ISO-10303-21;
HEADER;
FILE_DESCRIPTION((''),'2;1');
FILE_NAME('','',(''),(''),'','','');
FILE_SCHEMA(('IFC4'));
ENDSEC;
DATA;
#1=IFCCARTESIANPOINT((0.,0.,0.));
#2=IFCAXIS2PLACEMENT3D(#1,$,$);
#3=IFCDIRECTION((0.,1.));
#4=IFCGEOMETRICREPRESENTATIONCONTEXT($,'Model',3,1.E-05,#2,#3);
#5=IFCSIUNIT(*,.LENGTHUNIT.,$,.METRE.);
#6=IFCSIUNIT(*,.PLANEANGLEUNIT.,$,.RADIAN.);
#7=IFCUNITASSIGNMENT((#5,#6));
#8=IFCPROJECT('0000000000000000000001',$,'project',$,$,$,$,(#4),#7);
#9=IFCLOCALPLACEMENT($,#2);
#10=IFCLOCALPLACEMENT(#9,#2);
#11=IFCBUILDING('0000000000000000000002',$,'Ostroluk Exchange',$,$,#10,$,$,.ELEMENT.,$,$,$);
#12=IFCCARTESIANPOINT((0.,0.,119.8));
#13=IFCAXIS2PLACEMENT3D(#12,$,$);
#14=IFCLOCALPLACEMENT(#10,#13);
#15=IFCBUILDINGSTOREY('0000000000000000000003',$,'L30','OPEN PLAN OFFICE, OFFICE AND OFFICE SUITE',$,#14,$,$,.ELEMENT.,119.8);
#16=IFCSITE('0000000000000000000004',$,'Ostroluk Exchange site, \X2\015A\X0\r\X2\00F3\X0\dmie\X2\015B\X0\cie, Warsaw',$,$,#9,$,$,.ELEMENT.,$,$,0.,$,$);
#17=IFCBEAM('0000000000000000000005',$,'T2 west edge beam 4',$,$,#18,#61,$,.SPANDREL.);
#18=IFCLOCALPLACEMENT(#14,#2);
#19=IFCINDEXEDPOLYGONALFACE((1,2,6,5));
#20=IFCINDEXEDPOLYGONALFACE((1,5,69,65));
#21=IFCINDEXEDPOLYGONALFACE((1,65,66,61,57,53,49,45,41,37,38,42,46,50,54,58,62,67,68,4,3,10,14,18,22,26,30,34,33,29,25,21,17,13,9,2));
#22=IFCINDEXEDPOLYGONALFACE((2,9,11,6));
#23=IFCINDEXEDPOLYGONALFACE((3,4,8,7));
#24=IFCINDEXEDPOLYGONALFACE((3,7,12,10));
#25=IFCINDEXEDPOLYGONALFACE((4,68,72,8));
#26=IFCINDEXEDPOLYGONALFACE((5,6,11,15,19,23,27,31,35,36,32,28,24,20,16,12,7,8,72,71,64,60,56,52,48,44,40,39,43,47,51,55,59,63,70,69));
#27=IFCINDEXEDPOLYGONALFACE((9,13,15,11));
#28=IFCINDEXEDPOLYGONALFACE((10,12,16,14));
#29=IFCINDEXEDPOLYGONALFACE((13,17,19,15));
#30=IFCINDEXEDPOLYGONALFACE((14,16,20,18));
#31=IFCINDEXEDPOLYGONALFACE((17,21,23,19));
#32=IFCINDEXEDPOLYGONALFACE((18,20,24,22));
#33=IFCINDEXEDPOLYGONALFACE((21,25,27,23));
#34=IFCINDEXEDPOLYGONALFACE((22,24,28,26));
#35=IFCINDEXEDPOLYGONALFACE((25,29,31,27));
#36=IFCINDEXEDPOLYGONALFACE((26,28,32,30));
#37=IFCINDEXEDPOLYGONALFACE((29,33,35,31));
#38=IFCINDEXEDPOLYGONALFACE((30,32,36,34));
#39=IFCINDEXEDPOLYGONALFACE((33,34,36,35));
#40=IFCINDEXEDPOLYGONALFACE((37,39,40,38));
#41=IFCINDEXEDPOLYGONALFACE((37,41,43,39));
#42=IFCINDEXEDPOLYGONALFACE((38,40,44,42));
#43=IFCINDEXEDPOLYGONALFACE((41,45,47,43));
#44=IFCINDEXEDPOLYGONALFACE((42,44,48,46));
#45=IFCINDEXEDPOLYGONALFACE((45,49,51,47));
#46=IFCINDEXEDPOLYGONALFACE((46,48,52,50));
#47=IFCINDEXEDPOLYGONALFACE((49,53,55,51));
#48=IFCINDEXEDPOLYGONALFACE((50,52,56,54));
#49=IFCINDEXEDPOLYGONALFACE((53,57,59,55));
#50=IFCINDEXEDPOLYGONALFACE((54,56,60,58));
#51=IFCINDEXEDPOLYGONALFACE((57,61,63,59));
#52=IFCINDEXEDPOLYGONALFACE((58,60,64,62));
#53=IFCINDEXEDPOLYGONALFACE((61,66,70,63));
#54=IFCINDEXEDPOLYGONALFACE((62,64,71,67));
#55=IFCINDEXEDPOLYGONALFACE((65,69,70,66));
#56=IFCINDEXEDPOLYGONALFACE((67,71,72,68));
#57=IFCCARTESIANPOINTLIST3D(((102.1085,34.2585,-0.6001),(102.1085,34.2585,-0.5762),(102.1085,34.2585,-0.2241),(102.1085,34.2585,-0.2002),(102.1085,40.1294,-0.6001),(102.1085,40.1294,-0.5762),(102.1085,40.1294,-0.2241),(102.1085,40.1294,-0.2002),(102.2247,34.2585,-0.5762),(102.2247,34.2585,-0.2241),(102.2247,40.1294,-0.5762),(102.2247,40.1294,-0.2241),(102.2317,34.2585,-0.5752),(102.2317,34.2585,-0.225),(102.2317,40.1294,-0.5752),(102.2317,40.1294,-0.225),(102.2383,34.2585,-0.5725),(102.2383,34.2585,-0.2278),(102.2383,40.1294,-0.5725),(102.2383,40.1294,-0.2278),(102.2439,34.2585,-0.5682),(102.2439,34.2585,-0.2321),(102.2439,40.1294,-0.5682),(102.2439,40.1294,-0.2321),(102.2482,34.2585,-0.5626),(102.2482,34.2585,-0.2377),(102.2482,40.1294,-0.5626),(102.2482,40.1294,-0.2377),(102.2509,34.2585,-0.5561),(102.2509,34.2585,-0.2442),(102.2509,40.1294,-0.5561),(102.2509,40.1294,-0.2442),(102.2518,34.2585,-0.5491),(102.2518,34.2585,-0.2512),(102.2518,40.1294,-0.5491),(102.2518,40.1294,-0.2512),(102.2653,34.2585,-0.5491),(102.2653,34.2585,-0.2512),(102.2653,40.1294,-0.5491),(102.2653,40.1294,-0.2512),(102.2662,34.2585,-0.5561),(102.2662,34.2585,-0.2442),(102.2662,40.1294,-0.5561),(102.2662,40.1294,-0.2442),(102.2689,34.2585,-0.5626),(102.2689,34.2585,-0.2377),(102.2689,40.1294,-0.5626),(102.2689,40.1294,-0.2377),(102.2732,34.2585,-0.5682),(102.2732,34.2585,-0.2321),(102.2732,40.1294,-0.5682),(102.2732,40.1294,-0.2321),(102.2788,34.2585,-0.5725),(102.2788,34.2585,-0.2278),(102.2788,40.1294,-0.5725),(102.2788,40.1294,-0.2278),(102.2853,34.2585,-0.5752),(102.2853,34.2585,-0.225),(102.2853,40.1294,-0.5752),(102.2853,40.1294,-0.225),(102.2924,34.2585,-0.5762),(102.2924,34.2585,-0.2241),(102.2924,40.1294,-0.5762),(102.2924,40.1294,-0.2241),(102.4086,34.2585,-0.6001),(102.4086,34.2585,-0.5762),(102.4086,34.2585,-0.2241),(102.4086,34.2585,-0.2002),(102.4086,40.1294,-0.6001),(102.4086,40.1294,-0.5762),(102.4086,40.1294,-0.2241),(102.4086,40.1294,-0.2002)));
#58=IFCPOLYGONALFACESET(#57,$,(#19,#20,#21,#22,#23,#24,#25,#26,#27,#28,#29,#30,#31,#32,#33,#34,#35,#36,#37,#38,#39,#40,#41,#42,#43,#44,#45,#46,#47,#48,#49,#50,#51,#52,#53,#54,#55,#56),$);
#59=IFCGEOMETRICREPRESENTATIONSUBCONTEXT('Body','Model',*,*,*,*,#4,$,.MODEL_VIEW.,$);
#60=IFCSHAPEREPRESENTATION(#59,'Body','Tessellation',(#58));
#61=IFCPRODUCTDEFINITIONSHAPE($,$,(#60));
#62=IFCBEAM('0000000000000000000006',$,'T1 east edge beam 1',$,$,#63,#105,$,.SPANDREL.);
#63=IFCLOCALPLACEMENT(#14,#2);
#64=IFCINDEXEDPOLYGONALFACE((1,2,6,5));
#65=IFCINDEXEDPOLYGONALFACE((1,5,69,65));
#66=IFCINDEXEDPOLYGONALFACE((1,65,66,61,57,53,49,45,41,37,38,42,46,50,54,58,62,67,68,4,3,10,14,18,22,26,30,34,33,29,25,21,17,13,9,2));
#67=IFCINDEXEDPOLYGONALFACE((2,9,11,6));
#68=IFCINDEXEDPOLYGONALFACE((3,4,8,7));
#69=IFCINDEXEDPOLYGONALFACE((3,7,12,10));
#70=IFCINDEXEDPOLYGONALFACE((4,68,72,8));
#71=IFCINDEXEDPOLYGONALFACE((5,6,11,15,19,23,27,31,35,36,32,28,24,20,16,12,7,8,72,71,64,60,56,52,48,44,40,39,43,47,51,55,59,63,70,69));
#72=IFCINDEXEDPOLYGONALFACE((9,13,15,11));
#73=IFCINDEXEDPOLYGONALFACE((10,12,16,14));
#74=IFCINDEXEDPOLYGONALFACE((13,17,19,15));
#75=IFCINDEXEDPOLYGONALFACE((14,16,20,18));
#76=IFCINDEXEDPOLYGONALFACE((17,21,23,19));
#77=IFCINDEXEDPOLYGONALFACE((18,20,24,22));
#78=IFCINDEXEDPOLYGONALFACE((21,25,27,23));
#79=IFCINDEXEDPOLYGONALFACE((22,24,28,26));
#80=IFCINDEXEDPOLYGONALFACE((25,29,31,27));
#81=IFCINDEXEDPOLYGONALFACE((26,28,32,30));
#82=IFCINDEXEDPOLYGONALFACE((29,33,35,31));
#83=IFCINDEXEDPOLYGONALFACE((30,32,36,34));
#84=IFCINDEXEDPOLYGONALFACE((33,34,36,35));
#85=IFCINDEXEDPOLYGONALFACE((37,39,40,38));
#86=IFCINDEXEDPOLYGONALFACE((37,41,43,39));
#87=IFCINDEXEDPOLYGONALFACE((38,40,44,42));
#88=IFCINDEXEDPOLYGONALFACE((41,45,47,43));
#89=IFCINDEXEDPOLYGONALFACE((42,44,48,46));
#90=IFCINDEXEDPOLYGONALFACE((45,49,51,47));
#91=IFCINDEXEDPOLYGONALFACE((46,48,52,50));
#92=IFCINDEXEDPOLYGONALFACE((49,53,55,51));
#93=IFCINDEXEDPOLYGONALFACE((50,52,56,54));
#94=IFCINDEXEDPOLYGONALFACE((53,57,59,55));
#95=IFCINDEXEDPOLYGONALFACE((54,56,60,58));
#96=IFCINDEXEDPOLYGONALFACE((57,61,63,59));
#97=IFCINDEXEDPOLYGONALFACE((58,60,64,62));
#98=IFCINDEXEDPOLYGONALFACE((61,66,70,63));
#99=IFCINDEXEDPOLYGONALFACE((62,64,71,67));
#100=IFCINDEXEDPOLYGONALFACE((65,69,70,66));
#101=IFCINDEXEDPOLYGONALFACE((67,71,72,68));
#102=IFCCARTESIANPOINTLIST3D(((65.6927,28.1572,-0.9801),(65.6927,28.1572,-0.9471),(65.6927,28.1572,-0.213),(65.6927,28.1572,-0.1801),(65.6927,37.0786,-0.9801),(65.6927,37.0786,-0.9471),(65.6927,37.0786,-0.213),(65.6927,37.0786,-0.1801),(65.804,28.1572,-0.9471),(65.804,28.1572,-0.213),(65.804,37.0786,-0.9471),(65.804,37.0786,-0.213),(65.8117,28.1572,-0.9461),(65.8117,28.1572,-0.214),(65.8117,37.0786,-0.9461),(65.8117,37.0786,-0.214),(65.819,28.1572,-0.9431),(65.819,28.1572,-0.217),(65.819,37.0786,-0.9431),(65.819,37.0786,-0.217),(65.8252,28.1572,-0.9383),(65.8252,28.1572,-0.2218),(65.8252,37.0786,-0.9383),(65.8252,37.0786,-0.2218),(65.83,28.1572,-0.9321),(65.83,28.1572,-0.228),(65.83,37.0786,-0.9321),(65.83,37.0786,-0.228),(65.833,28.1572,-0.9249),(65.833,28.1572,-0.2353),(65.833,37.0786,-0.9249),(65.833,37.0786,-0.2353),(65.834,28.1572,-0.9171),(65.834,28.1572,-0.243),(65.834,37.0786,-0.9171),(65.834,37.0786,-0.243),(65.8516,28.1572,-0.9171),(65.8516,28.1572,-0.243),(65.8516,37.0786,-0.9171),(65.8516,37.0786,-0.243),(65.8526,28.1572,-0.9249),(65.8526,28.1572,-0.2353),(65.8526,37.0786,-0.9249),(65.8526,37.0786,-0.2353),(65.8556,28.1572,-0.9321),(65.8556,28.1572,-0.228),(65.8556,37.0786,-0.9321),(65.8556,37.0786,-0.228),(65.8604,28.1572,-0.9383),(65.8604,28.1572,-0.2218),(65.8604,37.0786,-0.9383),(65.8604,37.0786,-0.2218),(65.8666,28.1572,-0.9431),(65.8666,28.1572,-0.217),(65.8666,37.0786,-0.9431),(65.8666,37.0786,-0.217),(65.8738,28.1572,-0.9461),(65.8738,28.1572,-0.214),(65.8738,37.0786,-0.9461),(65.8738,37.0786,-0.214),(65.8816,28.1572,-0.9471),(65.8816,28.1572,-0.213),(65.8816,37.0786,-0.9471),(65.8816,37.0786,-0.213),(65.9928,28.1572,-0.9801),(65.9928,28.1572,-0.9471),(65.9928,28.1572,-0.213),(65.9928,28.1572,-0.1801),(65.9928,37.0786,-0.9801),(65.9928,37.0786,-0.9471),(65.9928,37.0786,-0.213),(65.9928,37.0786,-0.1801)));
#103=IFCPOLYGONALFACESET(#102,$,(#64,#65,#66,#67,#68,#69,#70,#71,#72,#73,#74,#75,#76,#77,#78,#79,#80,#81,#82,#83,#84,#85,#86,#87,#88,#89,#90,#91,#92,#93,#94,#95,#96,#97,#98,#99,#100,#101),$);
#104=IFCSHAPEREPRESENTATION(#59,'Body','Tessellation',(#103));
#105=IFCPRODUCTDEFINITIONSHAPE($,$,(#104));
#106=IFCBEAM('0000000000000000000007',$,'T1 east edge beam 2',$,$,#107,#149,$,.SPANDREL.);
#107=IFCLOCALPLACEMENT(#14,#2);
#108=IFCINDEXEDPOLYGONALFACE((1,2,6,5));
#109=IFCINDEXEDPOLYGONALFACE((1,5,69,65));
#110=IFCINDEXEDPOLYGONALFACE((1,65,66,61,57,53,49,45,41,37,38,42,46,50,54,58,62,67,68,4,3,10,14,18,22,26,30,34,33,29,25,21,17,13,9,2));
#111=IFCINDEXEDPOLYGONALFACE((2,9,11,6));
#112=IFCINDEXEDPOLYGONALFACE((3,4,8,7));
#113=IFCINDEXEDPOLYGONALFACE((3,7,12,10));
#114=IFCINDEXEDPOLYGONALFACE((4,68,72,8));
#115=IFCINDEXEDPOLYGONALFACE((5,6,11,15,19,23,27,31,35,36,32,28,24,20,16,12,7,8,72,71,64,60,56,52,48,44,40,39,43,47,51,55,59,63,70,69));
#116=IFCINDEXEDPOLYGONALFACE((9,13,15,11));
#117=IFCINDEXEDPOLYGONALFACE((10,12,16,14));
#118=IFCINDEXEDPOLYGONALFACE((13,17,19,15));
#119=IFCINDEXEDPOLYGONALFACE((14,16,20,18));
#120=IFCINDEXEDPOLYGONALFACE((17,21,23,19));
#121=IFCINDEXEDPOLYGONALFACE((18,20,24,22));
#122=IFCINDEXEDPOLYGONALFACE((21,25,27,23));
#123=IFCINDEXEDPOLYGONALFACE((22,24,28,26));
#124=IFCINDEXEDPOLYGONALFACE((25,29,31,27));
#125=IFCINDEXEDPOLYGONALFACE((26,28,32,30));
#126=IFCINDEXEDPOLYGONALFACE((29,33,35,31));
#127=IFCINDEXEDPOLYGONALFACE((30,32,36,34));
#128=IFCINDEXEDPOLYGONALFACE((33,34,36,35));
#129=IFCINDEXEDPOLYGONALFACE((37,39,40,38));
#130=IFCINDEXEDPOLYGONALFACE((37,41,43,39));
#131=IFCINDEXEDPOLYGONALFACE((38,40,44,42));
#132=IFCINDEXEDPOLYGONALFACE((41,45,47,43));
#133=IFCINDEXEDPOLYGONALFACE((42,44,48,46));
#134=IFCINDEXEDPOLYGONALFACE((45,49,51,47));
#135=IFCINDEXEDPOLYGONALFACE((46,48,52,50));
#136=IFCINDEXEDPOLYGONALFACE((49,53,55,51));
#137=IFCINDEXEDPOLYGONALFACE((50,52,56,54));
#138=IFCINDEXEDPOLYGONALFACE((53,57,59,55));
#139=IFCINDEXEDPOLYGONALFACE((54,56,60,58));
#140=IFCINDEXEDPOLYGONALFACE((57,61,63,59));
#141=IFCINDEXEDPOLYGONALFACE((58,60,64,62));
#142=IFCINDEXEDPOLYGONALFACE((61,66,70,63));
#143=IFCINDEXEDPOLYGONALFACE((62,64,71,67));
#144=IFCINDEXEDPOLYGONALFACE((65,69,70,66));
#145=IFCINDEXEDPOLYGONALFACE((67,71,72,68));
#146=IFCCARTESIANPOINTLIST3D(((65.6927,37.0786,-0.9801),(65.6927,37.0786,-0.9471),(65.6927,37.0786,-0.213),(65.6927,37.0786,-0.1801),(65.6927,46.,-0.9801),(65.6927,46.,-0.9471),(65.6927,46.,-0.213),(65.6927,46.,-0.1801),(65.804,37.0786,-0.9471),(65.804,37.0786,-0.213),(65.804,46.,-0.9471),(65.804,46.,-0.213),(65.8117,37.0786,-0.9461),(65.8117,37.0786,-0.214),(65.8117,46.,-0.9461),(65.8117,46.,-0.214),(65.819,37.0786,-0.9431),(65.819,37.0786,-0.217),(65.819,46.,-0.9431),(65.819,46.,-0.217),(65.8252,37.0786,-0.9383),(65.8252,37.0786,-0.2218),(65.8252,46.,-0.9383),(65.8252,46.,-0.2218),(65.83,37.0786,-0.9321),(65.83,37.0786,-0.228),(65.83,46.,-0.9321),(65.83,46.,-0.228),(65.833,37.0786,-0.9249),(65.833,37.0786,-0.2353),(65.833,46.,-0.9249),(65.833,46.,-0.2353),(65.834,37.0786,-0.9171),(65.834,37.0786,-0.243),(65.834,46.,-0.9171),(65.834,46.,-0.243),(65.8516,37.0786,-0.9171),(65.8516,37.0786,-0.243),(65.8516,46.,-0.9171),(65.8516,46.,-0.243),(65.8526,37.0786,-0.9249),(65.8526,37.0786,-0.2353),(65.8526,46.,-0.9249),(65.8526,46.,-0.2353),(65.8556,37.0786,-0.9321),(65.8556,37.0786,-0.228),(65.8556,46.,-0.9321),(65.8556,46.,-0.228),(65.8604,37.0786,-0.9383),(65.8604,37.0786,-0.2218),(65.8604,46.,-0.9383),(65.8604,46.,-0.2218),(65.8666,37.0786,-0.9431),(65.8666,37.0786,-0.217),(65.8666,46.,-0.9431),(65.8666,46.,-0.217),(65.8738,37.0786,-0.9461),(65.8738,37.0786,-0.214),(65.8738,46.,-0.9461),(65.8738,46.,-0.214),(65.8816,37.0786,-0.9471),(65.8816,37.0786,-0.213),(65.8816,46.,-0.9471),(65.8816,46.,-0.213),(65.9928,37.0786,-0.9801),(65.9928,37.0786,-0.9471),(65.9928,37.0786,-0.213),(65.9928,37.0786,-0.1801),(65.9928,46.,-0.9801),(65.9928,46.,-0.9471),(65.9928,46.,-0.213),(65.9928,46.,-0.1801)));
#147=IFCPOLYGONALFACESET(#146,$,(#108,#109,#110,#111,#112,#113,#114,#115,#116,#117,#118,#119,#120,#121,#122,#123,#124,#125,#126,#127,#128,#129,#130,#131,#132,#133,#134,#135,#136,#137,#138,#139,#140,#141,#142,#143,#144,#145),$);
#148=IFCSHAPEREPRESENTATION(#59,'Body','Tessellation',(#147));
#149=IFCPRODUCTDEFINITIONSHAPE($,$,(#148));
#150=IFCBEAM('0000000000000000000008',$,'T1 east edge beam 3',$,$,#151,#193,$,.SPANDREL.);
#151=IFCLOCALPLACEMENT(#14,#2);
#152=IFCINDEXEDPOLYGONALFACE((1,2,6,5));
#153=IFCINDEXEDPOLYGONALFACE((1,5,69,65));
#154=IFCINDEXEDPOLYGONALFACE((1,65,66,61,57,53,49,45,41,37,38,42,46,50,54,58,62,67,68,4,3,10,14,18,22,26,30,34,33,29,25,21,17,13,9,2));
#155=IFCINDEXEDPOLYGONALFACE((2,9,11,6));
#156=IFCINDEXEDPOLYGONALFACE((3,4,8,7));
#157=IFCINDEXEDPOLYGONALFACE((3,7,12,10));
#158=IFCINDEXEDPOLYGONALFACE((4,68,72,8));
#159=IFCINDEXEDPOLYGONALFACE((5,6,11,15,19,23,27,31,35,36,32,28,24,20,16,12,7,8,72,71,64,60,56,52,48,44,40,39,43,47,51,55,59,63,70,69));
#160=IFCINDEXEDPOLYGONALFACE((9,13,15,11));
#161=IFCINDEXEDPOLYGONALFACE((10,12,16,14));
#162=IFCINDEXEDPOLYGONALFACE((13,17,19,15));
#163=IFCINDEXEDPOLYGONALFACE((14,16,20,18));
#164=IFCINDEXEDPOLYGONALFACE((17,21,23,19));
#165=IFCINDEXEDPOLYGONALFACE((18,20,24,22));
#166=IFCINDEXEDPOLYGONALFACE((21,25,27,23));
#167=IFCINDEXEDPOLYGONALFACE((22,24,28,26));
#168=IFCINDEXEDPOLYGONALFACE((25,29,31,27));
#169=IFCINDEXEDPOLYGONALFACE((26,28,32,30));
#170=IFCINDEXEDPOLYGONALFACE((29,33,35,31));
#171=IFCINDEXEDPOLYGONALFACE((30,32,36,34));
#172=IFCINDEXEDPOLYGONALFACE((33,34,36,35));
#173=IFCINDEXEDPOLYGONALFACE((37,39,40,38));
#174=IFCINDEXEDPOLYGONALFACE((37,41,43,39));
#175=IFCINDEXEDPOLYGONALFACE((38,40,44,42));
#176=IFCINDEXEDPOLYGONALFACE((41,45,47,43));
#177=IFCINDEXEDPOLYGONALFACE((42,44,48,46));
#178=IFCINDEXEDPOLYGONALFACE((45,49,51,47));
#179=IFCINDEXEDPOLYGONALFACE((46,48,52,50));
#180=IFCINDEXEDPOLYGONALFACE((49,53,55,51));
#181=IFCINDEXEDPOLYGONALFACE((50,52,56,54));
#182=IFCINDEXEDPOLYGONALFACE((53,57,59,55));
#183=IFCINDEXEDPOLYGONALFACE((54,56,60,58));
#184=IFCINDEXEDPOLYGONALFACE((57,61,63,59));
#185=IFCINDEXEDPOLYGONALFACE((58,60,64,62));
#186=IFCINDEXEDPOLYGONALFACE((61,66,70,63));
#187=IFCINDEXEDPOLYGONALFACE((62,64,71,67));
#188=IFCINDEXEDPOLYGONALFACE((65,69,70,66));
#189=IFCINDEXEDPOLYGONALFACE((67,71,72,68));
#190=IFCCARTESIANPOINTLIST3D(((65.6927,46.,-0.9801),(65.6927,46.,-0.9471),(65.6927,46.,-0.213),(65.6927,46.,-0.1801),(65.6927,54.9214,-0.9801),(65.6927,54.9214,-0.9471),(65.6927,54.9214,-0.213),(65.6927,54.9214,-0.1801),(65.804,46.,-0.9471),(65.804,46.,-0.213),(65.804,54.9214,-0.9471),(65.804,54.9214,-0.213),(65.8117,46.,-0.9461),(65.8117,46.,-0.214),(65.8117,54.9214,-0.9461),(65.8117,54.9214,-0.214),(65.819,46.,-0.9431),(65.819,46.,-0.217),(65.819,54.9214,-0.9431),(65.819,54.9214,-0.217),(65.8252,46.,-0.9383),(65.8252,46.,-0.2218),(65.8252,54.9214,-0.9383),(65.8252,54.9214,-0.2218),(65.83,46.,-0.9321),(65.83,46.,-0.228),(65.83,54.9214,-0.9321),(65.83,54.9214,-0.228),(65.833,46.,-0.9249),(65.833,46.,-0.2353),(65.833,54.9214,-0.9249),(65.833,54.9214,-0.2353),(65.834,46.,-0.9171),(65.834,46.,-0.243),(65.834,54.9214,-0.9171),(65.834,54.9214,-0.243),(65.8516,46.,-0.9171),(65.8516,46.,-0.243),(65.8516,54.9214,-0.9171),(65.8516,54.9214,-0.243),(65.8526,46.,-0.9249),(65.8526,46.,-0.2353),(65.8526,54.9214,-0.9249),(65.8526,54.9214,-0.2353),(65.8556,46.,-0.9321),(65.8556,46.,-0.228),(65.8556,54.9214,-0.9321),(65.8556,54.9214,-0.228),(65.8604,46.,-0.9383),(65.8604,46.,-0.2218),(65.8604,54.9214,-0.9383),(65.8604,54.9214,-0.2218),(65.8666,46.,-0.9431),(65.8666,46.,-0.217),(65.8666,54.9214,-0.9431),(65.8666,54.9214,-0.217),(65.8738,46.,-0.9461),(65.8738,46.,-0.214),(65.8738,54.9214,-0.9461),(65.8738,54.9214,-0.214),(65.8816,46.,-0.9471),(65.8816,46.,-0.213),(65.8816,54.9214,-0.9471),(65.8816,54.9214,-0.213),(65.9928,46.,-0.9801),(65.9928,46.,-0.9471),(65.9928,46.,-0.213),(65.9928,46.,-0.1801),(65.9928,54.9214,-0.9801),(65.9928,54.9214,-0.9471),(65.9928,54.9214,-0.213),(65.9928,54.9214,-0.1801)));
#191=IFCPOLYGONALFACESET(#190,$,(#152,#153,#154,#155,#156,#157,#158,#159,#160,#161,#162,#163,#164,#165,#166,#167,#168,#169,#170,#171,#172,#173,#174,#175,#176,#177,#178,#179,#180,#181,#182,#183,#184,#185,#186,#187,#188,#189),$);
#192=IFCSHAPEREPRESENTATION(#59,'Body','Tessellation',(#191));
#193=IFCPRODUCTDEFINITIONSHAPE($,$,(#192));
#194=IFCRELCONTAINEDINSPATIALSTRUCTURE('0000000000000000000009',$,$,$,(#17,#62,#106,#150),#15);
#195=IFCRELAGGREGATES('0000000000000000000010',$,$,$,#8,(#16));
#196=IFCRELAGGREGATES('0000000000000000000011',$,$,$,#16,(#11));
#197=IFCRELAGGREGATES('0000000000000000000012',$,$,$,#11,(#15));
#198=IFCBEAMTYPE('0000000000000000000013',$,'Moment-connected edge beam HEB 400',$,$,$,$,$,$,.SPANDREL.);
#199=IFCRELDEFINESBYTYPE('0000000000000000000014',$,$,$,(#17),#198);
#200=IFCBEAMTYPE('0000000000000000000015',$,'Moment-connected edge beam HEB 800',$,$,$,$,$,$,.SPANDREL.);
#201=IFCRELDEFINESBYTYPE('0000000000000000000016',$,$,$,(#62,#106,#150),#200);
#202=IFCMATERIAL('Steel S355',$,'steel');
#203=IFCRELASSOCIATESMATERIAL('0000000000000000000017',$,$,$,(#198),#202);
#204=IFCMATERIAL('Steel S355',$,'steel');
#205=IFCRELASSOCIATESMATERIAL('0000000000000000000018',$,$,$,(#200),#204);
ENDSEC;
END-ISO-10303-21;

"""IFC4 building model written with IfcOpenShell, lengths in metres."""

from ifc_helpers import new_model, si_unit, direction, frame, origin, origin_2d, place, context, subcontext, project, spatial, i_section, extrude, material, material_profile, profile_set, type_object, element, save


model = new_model("IFC4")

# Units and contexts
model_context = context("Model", 3, precision=1e-05, world=origin(), true_north=direction((0.0, 1.0)))
body_context = subcontext(model_context, "Body", "Model", "MODEL_VIEW")
ifc_project = project(units=[si_unit("LENGTHUNIT", "METRE"), si_unit("PLANEANGLEUNIT", "RADIAN")], contexts=[model_context])

# Site, building, storey
site_placement = place(None, origin())
site = spatial("IfcSite", under=ifc_project, at=site_placement, Name="Ostroluk Exchange site, Śródmieście, Warsaw", CompositionType="ELEMENT", RefElevation=0.0)
building_placement = place(site_placement, origin())
building = spatial("IfcBuilding", under=site, at=building_placement, Name="Ostroluk Exchange", CompositionType="ELEMENT")
storey_placement = place(building_placement, frame((0.0, 0.0, 119.8)))
storey = spatial("IfcBuildingStorey", under=building, at=storey_placement, Name="L30", Description="OPEN PLAN OFFICE, OFFICE AND OFFICE SUITE", CompositionType="ELEMENT", Elevation=119.8)

# Beams
ifc_material_1 = material(Name="Steel S355", Category="steel")
ifc_material_profile_1 = material_profile(ifc_material_1, i_section(OverallWidth=0.3, OverallDepth=0.3999, WebThickness=0.0134, FlangeThickness=0.0239, FilletRadius=0.0271, at=origin_2d()), Name="HEB 400")
ifc_profile_set_1 = profile_set([ifc_material_profile_1], Name="Steel S355")
beam_type_1 = type_object("IfcBeamType", Name="Moment-connected edge beam HEB 400", PredefinedType="SPANDREL", material=ifc_profile_set_1)
beam_placement = place(storey_placement, frame((102.2585, 40.1294, -0.4001), z_axis=(0.0, -1.0, 0.0), x_axis=(1.0, 0.0, 0.0)))
element("IfcBeam", 1, at=beam_placement, inside=storey, type_object=beam_type_1, Name="T2 west edge beam 4", PredefinedType="SPANDREL", context=body_context, shape_type="SweptSolid", body=[
    extrude(i_section(OverallWidth=0.3, OverallDepth=0.3999, WebThickness=0.0134, FlangeThickness=0.0239, FilletRadius=0.0271, at=origin_2d()), origin(), (0.0, 0.0, 1.0), 5.8708),
])
ifc_material_2 = material(Name="Steel S355", Category="steel")
ifc_material_profile_2 = material_profile(ifc_material_2, i_section(OverallWidth=0.3, OverallDepth=0.8, WebThickness=0.0176, FlangeThickness=0.033, FilletRadius=0.03, at=origin_2d()), Name="HEB 800")
ifc_profile_set_2 = profile_set([ifc_material_profile_2], Name="Steel S355")
beam_type_2 = type_object("IfcBeamType", Name="Moment-connected edge beam HEB 800", PredefinedType="SPANDREL", material=ifc_profile_set_2)
for number, where, z_axis, x_axis, name in (
    (2, (65.8428, 28.1572, -0.5801), (0.0, 1.0, 0.0), (-1.0, 0.0, 0.0), "T1 east edge beam 1"),
    (3, (65.8428, 37.0786, -0.5801), (0.0, 1.0, 0.0), (-1.0, 0.0, 0.0), "T1 east edge beam 2"),
    (4, (65.8428, 46.0, -0.5801), (0.0, 1.0, 0.0), (-1.0, 0.0, 0.0), "T1 east edge beam 3"),
):
    element("IfcBeam", number, at=place(storey_placement, frame(where, z_axis=z_axis, x_axis=x_axis)), inside=storey, type_object=beam_type_2, Name=name, PredefinedType="SPANDREL", context=body_context, shape_type="SweptSolid", body=[
        extrude(i_section(OverallWidth=0.3, OverallDepth=0.8, WebThickness=0.0176, FlangeThickness=0.033, FilletRadius=0.03, at=origin_2d()), origin(), (0.0, 0.0, 1.0), 8.9214),
    ])

save(model, "model.ifc")
